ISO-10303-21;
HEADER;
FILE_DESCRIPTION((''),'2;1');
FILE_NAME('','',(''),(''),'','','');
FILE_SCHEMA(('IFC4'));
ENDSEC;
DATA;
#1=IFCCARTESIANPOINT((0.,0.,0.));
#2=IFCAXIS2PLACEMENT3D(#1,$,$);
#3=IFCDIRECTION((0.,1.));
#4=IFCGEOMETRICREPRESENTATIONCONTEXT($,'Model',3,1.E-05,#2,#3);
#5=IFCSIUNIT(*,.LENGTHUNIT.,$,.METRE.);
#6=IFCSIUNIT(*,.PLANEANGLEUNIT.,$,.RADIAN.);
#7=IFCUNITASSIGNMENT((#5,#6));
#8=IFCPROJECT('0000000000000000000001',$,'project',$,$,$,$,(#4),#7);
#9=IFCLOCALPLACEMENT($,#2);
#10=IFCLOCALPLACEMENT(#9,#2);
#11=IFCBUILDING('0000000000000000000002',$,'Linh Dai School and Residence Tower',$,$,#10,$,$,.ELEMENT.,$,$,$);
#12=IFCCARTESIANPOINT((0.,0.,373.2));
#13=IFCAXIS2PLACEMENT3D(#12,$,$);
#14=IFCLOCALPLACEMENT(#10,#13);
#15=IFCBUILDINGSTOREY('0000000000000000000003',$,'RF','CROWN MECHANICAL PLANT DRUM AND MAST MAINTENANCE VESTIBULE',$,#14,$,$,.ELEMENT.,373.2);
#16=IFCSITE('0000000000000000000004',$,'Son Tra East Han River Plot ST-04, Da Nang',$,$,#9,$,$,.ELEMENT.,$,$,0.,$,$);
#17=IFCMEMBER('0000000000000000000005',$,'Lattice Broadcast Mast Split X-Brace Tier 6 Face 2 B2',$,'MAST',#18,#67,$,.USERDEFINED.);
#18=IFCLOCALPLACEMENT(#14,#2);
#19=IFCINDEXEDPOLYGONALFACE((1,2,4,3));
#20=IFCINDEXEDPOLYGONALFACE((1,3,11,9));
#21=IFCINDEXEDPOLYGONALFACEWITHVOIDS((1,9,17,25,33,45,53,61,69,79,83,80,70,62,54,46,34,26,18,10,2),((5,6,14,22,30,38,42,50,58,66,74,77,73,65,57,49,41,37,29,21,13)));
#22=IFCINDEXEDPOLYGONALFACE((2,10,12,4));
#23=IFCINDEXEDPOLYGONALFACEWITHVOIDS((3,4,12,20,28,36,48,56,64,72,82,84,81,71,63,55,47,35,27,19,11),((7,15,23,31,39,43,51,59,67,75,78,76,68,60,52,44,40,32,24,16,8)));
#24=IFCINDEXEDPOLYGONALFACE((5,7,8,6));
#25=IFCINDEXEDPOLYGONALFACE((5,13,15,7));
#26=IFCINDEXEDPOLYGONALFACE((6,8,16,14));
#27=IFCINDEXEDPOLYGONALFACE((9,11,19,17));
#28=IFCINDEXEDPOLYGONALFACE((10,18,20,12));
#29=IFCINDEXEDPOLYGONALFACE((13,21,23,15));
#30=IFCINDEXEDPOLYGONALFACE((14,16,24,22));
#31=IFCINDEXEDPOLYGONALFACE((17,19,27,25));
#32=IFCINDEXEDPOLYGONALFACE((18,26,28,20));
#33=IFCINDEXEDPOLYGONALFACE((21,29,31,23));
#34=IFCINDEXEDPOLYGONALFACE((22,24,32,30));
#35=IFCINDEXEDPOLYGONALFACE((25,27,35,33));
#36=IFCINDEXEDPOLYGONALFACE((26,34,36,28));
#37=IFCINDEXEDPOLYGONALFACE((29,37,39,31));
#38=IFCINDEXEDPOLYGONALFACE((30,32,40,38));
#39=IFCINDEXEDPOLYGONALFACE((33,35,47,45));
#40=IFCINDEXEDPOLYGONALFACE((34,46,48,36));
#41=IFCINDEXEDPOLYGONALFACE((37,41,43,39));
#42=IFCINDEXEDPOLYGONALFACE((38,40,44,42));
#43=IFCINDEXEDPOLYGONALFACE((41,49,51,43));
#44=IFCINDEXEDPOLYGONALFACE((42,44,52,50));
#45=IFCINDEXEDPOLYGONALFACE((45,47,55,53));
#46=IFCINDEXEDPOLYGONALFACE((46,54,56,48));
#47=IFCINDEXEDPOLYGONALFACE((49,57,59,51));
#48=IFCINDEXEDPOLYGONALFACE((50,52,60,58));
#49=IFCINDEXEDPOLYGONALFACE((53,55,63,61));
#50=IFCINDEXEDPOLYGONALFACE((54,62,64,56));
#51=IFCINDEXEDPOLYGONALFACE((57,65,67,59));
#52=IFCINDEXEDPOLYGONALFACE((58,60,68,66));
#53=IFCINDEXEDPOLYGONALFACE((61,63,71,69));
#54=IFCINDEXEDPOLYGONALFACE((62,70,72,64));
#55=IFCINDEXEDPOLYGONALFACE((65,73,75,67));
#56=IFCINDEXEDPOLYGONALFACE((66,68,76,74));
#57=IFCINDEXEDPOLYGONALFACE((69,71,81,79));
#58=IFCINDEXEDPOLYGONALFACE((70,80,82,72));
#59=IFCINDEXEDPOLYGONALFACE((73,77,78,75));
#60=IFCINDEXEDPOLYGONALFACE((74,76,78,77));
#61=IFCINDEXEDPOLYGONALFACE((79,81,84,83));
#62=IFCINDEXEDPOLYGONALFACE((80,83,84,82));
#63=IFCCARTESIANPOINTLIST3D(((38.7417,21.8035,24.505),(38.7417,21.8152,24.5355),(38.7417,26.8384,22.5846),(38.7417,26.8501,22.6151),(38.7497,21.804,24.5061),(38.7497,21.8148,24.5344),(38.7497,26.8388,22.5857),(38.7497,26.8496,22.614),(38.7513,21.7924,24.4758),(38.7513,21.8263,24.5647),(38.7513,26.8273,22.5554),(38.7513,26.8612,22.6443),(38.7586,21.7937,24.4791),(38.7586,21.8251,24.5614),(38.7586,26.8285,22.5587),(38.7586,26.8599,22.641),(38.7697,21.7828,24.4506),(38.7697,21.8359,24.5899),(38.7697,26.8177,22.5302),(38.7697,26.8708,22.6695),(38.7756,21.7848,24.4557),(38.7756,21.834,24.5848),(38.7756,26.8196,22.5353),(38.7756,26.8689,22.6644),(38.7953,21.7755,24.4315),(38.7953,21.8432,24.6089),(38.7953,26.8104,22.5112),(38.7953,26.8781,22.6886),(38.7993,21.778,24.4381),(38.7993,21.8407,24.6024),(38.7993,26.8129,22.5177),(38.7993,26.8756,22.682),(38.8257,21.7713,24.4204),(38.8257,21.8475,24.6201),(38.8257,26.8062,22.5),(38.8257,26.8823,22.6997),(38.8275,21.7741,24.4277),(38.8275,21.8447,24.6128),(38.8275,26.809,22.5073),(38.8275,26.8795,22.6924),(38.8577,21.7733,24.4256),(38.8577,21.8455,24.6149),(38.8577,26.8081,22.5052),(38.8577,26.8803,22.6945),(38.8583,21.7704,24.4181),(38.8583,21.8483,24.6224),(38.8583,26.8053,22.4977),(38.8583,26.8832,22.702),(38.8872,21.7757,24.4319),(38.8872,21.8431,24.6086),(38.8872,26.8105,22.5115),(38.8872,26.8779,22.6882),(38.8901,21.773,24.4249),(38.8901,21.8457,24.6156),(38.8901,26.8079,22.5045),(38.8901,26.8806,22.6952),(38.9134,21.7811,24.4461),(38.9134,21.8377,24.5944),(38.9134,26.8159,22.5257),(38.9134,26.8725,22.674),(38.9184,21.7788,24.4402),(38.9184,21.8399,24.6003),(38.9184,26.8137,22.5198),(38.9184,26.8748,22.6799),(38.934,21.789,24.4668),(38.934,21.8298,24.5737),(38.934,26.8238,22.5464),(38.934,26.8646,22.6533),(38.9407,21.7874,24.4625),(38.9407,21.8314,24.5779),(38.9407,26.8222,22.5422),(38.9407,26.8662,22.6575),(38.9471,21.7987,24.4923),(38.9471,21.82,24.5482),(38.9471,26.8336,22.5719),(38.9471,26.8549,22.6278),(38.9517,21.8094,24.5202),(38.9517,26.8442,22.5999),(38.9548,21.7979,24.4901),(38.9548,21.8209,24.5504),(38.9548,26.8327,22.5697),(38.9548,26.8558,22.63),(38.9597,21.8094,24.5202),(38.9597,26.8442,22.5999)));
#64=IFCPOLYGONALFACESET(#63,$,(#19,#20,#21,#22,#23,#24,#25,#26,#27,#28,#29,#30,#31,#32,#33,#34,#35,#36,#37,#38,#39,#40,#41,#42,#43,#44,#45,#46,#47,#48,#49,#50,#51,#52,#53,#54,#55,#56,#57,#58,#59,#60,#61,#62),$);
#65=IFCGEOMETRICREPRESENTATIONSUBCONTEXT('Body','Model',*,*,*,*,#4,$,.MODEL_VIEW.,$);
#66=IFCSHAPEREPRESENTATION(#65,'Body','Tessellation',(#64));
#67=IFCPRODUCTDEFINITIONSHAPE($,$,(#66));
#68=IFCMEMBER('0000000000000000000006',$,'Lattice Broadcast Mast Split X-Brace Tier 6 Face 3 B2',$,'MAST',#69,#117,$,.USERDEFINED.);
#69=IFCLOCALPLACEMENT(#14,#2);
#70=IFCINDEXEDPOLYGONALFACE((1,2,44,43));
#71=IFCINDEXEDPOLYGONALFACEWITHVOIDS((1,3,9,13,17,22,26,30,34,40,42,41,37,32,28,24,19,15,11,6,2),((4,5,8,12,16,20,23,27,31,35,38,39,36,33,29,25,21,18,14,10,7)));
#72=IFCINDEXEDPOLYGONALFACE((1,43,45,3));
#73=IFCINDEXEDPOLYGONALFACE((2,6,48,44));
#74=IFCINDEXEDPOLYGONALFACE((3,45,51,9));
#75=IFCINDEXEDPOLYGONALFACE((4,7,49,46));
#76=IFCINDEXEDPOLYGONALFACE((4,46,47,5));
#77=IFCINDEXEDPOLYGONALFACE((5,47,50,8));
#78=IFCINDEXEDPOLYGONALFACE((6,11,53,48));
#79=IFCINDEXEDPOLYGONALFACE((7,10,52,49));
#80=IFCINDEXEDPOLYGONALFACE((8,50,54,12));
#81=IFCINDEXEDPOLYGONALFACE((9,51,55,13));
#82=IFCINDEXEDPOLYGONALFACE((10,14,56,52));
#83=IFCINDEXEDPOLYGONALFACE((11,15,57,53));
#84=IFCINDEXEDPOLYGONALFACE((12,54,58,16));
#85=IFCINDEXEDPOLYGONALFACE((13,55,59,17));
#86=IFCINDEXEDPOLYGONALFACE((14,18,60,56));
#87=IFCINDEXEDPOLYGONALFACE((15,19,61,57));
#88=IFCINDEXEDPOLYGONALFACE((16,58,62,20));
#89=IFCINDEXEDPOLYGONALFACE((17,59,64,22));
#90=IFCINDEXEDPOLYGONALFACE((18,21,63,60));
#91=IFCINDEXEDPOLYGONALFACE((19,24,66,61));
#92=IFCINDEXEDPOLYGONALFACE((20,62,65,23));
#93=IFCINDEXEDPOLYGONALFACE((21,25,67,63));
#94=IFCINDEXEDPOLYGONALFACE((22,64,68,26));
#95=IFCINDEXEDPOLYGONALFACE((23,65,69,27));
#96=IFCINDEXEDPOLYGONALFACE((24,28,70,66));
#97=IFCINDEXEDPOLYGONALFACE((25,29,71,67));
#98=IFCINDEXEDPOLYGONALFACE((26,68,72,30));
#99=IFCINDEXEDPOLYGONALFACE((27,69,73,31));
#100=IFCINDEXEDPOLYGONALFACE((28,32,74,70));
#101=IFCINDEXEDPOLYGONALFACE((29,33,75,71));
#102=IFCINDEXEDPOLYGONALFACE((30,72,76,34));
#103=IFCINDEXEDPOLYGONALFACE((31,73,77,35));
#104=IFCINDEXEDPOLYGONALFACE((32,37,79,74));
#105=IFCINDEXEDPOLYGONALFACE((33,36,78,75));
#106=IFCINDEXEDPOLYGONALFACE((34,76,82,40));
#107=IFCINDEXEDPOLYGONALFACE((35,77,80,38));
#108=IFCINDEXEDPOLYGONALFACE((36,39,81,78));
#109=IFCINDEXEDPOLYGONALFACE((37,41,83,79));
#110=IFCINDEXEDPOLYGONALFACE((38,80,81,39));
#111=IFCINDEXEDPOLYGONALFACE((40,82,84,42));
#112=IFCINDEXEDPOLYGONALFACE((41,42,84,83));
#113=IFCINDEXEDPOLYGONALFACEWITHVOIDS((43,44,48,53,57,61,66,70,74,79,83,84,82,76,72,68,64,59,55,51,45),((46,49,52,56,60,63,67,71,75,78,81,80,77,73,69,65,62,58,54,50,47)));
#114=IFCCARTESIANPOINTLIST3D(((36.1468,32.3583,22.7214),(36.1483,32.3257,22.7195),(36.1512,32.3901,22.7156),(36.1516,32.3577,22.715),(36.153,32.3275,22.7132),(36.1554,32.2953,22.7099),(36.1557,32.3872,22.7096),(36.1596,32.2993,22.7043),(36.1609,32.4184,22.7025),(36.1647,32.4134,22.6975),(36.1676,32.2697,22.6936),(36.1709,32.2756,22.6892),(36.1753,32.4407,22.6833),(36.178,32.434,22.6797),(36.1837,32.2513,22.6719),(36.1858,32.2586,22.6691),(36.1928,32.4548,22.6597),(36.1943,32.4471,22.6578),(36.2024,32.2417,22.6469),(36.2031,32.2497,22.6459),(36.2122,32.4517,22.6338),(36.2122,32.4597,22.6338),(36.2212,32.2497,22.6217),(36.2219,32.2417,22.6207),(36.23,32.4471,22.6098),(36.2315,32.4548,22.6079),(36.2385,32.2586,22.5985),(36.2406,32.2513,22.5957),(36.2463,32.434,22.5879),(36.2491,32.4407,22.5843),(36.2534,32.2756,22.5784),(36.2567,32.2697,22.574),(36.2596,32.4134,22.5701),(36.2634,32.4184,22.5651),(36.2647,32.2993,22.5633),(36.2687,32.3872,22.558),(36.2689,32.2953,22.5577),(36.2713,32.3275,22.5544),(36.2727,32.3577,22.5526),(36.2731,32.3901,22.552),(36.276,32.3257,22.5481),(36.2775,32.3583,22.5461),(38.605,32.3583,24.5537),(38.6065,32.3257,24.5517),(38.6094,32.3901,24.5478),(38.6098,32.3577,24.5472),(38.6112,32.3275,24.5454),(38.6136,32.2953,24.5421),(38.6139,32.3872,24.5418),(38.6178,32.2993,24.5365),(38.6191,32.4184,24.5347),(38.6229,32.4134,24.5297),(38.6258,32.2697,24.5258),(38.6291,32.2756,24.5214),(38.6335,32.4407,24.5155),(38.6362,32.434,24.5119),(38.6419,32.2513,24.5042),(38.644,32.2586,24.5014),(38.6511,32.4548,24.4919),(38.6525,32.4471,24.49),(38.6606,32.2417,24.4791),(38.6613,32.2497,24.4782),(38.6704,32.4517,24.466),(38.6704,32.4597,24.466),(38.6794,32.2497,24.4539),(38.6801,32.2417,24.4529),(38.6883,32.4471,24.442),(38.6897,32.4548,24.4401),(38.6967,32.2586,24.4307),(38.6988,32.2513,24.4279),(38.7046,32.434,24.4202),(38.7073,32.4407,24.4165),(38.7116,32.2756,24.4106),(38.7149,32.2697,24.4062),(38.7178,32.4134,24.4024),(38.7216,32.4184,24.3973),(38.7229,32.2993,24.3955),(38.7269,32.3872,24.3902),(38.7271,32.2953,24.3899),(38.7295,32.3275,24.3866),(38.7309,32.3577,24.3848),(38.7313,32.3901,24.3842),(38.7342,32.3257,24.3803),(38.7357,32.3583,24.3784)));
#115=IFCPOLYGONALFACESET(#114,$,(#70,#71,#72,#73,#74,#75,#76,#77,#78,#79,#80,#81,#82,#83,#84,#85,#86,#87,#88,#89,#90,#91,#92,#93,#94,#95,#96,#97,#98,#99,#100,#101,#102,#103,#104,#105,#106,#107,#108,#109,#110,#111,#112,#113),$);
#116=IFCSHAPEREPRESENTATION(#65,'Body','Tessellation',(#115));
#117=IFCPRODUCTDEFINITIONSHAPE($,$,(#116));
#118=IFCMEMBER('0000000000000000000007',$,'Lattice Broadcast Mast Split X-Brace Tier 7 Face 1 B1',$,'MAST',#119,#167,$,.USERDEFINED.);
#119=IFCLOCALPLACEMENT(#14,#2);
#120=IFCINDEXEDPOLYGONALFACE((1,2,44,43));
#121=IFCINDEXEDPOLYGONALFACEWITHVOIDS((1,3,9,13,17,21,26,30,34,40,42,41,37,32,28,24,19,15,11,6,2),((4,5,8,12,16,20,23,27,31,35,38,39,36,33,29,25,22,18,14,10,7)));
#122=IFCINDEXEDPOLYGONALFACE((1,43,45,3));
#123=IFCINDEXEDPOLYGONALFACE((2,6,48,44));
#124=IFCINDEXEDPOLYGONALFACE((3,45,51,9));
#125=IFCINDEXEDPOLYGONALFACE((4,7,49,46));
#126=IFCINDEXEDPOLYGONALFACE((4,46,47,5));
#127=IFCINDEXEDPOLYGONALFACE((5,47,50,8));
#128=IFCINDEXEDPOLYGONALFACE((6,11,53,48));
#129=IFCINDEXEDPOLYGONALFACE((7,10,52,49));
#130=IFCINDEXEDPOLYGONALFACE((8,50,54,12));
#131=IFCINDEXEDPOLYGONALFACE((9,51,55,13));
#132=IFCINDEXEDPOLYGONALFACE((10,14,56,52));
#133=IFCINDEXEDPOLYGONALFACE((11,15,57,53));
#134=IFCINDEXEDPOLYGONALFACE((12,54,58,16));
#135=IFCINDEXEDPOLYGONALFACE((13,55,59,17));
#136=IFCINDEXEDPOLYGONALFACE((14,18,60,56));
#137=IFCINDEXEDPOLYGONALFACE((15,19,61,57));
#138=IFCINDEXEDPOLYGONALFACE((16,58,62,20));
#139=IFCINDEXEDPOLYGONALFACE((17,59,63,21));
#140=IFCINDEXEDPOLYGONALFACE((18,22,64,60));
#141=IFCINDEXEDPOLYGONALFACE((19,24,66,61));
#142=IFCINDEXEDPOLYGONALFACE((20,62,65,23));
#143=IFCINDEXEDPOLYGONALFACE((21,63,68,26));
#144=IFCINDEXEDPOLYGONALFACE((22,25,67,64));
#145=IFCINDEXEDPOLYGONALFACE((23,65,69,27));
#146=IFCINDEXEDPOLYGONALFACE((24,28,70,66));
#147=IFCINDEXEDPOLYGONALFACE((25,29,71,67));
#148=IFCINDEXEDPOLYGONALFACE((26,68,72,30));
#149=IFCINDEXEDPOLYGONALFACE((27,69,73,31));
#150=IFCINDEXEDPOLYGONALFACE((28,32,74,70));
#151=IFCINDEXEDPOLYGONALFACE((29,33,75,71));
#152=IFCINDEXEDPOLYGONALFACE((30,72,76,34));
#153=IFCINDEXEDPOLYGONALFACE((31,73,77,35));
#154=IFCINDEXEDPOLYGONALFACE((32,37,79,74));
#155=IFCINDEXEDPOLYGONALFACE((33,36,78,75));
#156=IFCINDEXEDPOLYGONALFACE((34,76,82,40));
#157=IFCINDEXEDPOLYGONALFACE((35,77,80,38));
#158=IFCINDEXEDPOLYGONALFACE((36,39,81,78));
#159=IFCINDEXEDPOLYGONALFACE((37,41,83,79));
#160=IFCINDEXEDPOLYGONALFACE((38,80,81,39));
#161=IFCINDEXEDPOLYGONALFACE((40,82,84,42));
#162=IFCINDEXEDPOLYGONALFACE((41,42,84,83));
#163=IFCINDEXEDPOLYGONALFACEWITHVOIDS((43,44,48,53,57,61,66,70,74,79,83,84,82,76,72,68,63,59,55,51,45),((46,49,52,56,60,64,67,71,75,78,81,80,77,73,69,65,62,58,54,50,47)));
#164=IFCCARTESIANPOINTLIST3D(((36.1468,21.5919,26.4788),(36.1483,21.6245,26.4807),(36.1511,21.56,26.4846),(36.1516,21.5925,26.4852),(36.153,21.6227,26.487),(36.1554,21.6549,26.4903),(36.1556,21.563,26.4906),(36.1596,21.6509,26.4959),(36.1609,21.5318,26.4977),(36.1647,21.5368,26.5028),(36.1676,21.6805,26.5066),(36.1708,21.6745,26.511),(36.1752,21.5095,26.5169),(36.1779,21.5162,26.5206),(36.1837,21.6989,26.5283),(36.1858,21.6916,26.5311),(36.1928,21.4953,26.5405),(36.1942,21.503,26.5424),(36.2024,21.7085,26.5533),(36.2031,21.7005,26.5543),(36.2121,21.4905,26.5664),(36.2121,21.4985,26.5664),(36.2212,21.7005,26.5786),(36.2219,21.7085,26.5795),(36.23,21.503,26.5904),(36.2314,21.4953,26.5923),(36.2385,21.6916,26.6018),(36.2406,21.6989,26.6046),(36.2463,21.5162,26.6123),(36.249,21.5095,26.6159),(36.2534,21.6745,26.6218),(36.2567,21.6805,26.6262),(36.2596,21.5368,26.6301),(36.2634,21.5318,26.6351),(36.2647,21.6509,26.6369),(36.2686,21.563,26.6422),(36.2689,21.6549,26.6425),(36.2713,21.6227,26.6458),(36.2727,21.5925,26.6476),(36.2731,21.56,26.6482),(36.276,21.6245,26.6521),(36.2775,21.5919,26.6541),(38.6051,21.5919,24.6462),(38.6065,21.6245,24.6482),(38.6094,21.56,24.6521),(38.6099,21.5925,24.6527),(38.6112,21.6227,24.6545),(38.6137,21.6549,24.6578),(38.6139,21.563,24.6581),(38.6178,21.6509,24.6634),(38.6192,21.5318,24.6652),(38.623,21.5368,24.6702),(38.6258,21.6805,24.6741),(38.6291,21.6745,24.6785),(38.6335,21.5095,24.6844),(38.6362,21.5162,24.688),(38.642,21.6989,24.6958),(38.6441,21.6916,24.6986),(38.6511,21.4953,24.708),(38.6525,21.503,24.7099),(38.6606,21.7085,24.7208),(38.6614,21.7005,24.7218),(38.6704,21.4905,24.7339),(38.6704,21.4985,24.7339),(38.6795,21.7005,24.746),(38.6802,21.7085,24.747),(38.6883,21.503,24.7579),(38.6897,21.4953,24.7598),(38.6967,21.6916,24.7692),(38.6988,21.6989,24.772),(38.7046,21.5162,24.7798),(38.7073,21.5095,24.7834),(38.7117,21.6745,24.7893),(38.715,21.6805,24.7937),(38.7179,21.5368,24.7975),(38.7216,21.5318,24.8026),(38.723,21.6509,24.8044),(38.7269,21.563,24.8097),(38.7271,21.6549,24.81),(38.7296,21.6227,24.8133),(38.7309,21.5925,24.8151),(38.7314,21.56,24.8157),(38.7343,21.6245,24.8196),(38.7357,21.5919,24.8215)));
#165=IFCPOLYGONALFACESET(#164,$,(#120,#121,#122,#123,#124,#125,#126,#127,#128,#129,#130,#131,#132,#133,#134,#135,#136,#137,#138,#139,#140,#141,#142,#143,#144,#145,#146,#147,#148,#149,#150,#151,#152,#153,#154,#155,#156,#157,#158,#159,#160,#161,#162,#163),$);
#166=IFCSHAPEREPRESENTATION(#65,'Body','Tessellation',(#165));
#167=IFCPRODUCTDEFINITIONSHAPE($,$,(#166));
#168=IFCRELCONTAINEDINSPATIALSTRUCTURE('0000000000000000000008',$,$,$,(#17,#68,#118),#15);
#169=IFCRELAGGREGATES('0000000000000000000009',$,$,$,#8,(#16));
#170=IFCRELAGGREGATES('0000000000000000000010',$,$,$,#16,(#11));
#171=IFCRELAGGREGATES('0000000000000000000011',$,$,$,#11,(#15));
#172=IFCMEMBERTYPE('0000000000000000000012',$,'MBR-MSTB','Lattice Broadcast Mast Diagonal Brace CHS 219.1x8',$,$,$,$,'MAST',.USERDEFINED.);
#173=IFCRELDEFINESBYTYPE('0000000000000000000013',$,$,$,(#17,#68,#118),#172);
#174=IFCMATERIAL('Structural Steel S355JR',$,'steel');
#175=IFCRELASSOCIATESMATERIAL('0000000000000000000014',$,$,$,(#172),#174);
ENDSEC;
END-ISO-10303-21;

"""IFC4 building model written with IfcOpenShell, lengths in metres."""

from ifc_helpers import new_model, si_unit, direction, frame, origin, origin_2d, place, context, subcontext, project, spatial, hollow_circle, extrude, material, material_profile, profile_set, type_object, element, save


model = new_model("IFC4")

# Units and contexts
model_context = context("Model", 3, precision=1e-05, world=origin(), true_north=direction((0.0, 1.0)))
body_context = subcontext(model_context, "Body", "Model", "MODEL_VIEW")
ifc_project = project(units=[si_unit("LENGTHUNIT", "METRE"), si_unit("PLANEANGLEUNIT", "RADIAN")], contexts=[model_context])

# Site, building, storey
site_placement = place(None, origin())
site = spatial("IfcSite", under=ifc_project, at=site_placement, Name="Son Tra East Han River Plot ST-04, Da Nang", CompositionType="ELEMENT", RefElevation=0.0)
building_placement = place(site_placement, origin())
building = spatial("IfcBuilding", under=site, at=building_placement, Name="Linh Dai School and Residence Tower", CompositionType="ELEMENT")
storey_placement = place(building_placement, frame((0.0, 0.0, 373.2)))
storey = spatial("IfcBuildingStorey", under=building, at=storey_placement, Name="RF", Description="CROWN MECHANICAL PLANT DRUM AND MAST MAINTENANCE VESTIBULE", CompositionType="ELEMENT", Elevation=373.2)

# Shared definitions
ifc_material = material(Name="Structural Steel S355JR", Category="steel")

# Members
ifc_material_profile_1 = material_profile(ifc_material, hollow_circle(Radius=0.1096, WallThickness=0.0081, at=origin_2d()), Name="CHS 219.1x8")
ifc_profile_set_1 = profile_set([ifc_material_profile_1], Name="Structural Steel S355JR")
member_type = type_object("IfcMemberType", Name="MBR-MSTB", Description="Lattice Broadcast Mast Diagonal Brace CHS 219.1x8", ElementType="MAST", PredefinedType="USERDEFINED", material=ifc_profile_set_1)
member_1_placement = place(storey_placement, frame((38.8501, 26.8442, 22.5999), z_axis=(0.0, -0.934343, 0.356376), x_axis=(1.0, 0.0, 0.0)))
element("IfcMember", 1, at=member_1_placement, inside=storey, type_object=member_type, Name="Lattice Broadcast Mast Split X-Brace Tier 6 Face 2 B2", ObjectType="MAST", PredefinedType="USERDEFINED", context=body_context, shape_type="SweptSolid", body=[
    extrude(hollow_circle(Radius=0.1096, WallThickness=0.0081, at=origin_2d()), origin(), (0.0, 0.0, 1.0), 5.3887),
])
member_2_placement = place(storey_placement, frame((36.2122, 32.3501, 22.6338), z_axis=(0.801783, 0.0, 0.597615), x_axis=(0.0, 1.0, 0.0)))
element("IfcMember", 2, at=member_2_placement, inside=storey, type_object=member_type, Name="Lattice Broadcast Mast Split X-Brace Tier 6 Face 3 B2", ObjectType="MAST", PredefinedType="USERDEFINED", context=body_context, shape_type="SweptSolid", body=[
    extrude(hollow_circle(Radius=0.1096, WallThickness=0.0081, at=origin_2d()), origin(), (0.0, 0.0, 1.0), 3.0659),
])
member_3_placement = place(storey_placement, frame((38.6704, 21.6001, 24.7339), z_axis=(-0.801745, 0.0, 0.597666), x_axis=(0.0, -1.0, 0.0)))
element("IfcMember", 3, at=member_3_placement, inside=storey, type_object=member_type, Name="Lattice Broadcast Mast Split X-Brace Tier 7 Face 1 B1", ObjectType="MAST", PredefinedType="USERDEFINED", context=body_context, shape_type="SweptSolid", body=[
    extrude(hollow_circle(Radius=0.1096, WallThickness=0.0081, at=origin_2d()), origin(), (0.0, 0.0, 1.0), 3.0662),
])

save(model, "model.ifc")
